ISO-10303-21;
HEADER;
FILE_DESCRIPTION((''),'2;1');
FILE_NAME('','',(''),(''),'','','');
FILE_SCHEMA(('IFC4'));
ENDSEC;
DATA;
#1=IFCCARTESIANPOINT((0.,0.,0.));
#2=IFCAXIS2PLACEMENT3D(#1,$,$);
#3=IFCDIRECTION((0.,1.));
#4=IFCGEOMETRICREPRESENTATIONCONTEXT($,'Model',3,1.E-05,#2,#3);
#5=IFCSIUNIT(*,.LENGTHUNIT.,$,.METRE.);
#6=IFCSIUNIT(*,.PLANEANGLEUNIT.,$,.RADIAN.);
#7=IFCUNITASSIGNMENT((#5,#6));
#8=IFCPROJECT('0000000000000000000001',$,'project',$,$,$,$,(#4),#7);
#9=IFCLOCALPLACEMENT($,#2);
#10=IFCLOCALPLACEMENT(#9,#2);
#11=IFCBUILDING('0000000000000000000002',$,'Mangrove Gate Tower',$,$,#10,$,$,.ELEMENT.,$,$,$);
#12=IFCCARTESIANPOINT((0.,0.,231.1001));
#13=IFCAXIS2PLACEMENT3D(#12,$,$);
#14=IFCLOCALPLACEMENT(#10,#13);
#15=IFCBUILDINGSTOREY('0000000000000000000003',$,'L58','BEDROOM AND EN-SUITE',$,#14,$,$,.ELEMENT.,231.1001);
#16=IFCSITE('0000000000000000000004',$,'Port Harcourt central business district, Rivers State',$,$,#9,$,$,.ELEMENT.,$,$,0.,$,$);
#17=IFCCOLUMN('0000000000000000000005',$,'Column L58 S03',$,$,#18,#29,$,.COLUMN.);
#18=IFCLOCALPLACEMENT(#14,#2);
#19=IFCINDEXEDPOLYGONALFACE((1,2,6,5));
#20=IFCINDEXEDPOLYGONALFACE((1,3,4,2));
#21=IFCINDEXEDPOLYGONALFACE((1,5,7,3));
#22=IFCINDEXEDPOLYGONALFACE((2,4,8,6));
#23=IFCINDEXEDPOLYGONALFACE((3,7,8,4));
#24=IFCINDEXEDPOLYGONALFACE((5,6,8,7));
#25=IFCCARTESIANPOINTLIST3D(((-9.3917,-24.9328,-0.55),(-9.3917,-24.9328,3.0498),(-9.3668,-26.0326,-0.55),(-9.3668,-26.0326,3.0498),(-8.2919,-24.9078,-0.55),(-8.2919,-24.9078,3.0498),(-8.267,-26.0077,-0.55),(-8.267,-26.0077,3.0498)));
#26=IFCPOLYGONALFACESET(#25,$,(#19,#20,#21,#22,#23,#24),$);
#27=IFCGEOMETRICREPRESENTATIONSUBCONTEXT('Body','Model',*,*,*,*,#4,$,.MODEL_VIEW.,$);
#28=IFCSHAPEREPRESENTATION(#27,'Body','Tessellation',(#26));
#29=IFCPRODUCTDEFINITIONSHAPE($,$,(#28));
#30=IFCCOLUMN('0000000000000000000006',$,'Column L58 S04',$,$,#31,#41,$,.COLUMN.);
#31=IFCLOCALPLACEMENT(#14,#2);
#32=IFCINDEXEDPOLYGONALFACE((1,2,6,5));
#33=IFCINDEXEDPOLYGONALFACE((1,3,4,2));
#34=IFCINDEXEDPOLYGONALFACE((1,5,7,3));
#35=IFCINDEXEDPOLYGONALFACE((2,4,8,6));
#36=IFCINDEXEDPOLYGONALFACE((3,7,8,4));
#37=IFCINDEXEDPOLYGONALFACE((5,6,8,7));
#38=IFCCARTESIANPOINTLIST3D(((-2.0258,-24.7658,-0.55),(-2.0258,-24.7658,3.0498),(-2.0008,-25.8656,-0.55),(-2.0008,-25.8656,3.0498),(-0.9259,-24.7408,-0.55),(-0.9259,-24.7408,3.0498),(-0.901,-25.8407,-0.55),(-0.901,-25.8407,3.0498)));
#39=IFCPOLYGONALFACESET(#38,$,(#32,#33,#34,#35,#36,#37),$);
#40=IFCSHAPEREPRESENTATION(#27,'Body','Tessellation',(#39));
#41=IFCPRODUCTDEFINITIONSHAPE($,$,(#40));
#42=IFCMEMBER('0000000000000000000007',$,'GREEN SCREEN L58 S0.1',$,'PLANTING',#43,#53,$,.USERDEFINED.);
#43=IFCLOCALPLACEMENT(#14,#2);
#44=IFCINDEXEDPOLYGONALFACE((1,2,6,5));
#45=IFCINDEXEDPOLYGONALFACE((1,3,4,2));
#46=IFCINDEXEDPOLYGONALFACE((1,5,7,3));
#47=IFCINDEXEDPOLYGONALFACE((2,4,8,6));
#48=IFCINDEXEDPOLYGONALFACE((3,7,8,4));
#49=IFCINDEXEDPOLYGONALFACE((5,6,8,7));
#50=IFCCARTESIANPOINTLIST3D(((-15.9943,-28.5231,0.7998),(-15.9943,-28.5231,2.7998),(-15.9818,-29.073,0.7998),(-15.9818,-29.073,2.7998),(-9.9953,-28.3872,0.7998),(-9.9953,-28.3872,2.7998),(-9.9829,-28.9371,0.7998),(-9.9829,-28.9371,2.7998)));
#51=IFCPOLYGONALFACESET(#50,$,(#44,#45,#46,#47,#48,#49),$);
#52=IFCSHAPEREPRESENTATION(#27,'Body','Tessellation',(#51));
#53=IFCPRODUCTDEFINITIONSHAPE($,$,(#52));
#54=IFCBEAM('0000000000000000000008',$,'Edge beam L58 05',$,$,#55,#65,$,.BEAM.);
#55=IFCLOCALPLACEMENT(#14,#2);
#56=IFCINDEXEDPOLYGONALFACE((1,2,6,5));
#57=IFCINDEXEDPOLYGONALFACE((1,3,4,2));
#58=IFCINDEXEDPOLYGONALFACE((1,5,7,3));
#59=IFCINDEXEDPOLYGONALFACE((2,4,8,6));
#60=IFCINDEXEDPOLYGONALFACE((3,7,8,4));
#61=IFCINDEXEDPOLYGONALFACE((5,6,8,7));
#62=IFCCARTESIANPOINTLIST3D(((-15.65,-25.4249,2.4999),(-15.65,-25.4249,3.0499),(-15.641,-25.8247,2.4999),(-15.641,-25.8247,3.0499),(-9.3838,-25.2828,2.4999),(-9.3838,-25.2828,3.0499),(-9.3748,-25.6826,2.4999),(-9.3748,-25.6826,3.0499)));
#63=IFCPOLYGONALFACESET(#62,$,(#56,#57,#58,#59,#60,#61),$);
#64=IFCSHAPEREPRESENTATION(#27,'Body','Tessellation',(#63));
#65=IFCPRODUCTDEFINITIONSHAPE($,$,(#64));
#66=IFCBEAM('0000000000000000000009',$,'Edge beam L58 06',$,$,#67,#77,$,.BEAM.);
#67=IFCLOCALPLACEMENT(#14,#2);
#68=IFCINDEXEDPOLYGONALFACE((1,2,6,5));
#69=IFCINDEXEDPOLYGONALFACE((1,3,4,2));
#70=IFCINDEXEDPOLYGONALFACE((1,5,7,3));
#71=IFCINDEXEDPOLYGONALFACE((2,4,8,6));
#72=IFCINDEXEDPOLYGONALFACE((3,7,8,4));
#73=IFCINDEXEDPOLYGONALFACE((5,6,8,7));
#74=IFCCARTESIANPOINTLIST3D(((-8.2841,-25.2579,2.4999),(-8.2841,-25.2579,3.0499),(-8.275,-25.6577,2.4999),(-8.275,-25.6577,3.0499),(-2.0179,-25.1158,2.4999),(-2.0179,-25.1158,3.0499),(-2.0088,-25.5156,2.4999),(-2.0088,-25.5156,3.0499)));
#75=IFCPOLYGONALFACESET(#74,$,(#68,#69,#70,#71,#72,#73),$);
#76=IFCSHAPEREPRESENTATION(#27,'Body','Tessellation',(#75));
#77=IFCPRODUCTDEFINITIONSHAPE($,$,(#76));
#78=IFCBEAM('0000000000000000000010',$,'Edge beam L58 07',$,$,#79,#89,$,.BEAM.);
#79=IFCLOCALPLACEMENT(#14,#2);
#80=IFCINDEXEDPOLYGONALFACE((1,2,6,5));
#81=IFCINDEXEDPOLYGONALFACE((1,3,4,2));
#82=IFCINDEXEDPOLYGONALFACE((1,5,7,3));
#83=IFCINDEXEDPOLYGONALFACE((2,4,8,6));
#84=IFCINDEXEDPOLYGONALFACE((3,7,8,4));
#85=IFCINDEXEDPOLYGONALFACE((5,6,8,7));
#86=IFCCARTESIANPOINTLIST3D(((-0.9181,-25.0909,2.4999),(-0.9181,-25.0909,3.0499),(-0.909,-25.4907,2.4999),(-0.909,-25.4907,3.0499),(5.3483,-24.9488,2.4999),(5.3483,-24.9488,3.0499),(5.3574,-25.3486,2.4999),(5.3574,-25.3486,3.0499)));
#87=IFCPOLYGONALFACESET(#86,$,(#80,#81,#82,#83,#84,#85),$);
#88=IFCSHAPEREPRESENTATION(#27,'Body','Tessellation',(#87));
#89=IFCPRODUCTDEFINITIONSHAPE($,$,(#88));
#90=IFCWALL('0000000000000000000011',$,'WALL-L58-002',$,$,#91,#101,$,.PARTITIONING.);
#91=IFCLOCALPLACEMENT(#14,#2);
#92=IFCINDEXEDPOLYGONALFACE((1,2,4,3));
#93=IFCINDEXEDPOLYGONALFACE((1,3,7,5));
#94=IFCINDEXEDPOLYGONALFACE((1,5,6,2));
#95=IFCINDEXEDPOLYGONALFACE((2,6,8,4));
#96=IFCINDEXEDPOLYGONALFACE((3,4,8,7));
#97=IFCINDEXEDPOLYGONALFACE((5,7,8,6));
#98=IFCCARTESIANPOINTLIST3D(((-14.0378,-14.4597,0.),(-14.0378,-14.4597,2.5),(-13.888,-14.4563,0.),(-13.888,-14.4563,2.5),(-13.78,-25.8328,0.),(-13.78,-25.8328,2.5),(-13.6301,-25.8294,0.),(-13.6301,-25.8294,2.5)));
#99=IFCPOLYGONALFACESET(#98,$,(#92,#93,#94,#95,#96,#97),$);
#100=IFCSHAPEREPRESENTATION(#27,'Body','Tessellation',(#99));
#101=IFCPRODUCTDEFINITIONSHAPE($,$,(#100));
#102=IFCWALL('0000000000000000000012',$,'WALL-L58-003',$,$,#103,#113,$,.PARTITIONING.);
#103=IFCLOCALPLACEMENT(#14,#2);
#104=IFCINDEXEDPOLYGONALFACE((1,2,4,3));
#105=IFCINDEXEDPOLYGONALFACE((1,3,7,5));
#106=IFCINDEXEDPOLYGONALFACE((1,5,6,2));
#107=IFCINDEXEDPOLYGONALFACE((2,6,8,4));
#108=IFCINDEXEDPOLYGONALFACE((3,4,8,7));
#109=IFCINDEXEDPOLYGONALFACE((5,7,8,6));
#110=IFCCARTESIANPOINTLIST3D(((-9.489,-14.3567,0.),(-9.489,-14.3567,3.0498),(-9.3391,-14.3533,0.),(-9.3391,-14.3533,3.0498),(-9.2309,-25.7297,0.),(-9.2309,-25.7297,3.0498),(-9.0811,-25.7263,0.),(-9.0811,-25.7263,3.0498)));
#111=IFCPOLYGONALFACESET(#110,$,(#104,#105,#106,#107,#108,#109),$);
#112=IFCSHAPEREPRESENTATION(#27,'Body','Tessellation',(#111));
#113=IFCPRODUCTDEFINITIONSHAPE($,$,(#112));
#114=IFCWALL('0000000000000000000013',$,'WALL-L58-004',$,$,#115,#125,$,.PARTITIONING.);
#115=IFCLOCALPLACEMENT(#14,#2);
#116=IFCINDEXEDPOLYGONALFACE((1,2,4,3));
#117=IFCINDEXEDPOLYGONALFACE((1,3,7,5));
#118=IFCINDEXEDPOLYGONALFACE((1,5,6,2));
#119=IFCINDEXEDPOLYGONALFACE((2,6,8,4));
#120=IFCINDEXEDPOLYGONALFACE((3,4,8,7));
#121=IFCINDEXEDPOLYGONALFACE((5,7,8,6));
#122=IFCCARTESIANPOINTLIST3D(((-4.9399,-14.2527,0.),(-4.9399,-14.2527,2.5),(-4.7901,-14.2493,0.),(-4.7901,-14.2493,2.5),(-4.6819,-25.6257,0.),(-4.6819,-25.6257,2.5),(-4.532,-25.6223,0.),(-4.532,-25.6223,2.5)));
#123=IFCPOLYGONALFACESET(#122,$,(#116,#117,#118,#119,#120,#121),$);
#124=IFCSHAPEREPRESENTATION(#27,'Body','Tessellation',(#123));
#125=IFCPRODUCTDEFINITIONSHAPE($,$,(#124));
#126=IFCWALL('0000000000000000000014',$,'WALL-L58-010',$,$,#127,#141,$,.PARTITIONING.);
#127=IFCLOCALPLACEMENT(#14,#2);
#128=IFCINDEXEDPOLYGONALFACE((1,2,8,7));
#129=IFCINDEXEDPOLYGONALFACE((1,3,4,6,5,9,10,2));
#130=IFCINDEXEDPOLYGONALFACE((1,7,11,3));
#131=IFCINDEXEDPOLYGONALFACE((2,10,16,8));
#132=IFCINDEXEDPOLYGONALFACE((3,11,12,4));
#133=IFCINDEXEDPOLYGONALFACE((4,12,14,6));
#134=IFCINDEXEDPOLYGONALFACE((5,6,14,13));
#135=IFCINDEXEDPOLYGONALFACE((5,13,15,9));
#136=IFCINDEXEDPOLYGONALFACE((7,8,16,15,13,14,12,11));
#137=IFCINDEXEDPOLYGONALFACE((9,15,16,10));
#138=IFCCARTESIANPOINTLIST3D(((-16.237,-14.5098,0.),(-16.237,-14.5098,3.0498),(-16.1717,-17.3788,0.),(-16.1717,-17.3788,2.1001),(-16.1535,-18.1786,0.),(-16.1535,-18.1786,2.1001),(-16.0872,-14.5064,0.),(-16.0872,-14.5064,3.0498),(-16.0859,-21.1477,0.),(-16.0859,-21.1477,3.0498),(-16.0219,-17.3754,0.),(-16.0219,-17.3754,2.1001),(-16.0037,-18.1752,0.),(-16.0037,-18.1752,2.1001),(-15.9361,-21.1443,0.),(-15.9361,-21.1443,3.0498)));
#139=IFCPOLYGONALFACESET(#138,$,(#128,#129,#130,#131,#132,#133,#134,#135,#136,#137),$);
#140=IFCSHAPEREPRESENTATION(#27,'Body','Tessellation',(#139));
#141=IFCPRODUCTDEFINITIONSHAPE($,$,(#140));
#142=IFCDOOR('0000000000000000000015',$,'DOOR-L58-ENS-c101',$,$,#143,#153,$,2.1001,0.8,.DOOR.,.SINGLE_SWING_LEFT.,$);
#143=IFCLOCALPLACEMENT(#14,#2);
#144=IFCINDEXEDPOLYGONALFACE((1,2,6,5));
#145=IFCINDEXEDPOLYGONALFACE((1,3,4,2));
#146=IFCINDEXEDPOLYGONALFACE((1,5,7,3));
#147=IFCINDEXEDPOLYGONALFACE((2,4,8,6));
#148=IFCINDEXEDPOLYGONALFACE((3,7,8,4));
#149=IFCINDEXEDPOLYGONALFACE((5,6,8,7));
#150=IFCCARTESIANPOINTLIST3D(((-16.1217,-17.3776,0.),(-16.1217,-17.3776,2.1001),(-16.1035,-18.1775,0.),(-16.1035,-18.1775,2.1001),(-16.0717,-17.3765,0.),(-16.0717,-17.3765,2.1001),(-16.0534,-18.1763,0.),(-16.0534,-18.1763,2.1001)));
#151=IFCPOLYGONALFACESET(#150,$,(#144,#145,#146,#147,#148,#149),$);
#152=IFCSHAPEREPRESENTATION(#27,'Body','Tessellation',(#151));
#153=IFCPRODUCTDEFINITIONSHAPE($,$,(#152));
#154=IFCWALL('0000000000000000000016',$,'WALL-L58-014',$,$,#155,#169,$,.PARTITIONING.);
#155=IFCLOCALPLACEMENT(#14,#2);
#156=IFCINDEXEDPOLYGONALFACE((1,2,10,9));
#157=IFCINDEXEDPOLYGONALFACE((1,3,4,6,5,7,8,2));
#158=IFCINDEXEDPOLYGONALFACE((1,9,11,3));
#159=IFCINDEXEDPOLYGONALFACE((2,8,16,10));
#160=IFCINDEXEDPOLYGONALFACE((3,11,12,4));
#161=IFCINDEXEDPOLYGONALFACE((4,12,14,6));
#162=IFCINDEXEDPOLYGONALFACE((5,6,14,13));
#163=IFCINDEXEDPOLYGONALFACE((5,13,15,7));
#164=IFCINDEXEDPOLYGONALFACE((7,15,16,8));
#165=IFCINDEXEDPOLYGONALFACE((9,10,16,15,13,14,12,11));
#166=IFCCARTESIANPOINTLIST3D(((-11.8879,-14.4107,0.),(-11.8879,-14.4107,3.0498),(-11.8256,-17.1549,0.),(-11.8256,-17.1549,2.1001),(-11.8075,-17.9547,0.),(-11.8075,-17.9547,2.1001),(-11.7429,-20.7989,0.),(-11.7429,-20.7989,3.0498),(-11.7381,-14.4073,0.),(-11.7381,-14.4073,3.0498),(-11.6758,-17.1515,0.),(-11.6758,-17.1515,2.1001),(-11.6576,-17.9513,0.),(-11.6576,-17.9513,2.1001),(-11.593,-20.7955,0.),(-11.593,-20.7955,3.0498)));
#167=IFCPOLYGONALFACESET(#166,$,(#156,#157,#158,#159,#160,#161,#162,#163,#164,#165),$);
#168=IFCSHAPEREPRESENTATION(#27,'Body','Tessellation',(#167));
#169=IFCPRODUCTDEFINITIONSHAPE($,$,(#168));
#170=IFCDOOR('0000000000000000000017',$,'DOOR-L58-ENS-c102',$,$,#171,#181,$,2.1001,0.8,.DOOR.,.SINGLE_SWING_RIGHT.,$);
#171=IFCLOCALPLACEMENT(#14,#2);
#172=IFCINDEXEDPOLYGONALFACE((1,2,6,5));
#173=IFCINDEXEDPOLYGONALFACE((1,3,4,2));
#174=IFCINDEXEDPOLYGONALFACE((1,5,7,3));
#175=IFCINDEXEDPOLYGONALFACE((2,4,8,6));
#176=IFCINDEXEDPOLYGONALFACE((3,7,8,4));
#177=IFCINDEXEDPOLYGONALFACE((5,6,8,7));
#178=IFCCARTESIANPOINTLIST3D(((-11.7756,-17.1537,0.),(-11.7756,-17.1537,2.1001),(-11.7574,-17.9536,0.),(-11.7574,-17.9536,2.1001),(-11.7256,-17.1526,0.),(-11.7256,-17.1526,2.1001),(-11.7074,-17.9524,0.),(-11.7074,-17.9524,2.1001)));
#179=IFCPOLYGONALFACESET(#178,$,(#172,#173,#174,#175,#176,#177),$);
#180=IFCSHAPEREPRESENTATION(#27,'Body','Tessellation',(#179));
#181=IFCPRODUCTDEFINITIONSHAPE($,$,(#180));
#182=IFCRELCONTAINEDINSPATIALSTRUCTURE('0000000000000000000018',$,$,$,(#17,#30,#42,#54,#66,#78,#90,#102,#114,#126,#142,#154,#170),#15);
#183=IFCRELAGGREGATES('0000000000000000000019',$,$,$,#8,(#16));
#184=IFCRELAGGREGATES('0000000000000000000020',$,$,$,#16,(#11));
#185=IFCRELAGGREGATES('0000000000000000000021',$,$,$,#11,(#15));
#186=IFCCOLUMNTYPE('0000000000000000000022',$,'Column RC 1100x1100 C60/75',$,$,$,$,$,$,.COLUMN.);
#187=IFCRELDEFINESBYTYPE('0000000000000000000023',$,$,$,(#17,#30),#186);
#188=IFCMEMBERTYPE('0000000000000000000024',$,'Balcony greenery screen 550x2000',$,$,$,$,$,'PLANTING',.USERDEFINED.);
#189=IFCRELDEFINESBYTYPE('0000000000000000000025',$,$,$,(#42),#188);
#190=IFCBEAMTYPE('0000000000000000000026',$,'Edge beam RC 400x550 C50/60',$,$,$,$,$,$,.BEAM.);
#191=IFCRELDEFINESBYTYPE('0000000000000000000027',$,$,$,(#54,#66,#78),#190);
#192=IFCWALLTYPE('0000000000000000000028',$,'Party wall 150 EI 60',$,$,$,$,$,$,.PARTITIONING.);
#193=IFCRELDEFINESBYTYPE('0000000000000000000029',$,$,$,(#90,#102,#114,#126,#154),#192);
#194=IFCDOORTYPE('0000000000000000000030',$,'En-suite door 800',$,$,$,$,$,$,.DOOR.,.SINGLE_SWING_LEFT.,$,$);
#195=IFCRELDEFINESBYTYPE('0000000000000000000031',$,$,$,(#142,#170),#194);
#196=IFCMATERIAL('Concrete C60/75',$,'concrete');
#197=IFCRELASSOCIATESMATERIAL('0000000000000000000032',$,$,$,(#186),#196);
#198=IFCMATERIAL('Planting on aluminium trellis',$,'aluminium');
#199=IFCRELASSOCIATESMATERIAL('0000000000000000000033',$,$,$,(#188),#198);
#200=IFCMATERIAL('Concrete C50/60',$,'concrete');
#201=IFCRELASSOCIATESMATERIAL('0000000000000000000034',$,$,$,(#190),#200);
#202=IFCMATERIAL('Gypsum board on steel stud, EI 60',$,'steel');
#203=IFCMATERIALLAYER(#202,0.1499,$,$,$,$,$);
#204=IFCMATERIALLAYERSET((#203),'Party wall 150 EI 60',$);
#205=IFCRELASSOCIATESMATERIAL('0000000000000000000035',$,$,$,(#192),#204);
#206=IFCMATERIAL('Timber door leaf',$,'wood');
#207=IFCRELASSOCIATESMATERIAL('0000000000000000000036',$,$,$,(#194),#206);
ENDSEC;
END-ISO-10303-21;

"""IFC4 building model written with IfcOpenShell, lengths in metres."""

from ifc_helpers import new_model, si_unit, direction, frame, frame_2d, origin, origin_2d, place, context, subcontext, project, spatial, rectangle, extrude, material, layer, layer_set, material_profile, profile_set, type_object, element, fill, save


model = new_model("IFC4")

# Units and contexts
model_context = context("Model", 3, precision=1e-05, world=origin(), true_north=direction((0.0, 1.0)))
body_context = subcontext(model_context, "Body", "Model", "MODEL_VIEW")
ifc_project = project(units=[si_unit("LENGTHUNIT", "METRE"), si_unit("PLANEANGLEUNIT", "RADIAN")], contexts=[model_context])

# Site, building, storey
site_placement = place(None, origin())
site = spatial("IfcSite", under=ifc_project, at=site_placement, Name="Port Harcourt central business district, Rivers State", CompositionType="ELEMENT", RefElevation=0.0)
building_placement = place(site_placement, origin())
building = spatial("IfcBuilding", under=site, at=building_placement, Name="Mangrove Gate Tower", CompositionType="ELEMENT")
storey_placement = place(building_placement, frame((0.0, 0.0, 231.1001)))
storey = spatial("IfcBuildingStorey", under=building, at=storey_placement, Name="L58", Description="BEDROOM AND EN-SUITE", CompositionType="ELEMENT", Elevation=231.1001)

# Columns
ifc_material_1 = material(Name="Concrete C60/75", Category="concrete")
ifc_material_profile_1 = material_profile(ifc_material_1, rectangle(XDim=1.1001, YDim=1.1001, at=origin_2d()))
ifc_profile_set_1 = profile_set([ifc_material_profile_1], Name="Concrete C60/75")
column_type = type_object("IfcColumnType", Name="Column RC 1100x1100 C60/75", PredefinedType="COLUMN", material=ifc_profile_set_1)
for number, where, z_axis, x_axis, name in (
    (1, (-8.8293, -25.4702, -0.55), (0.0, 0.0, 1.0), (0.999743, 0.022666, 0.0), "Column L58 S03"),
    (2, (-1.4634, -25.3032, -0.55), (0.0, 0.0, 1.0), (0.999743, 0.022666, 0.0), "Column L58 S04"),
):
    element("IfcColumn", number, at=place(storey_placement, frame(where, z_axis=z_axis, x_axis=x_axis)), inside=storey, type_object=column_type, Name=name, PredefinedType="COLUMN", context=body_context, shape_type="SweptSolid", body=[
        extrude(rectangle(XDim=1.1001, YDim=1.1001, at=origin_2d()), origin(), (0.0, 0.0, 1.0), 3.5999),
    ])

# Member
ifc_material_2 = material(Name="Planting on aluminium trellis", Category="aluminium")
ifc_material_profile_2 = material_profile(ifc_material_2, rectangle(XDim=0.55, YDim=2.0, at=origin_2d()))
ifc_profile_set_2 = profile_set([ifc_material_profile_2], Name="Planting on aluminium trellis")
member_type = type_object("IfcMemberType", Name="Balcony greenery screen 550x2000", ElementType="PLANTING", PredefinedType="USERDEFINED", material=ifc_profile_set_2)
member_placement = place(storey_placement, frame((-15.988, -28.7981, 1.7998), z_axis=(0.999743, 0.022662, 0.0), x_axis=(-0.022662, 0.999743, 0.0)))
element("IfcMember", 3, at=member_placement, inside=storey, type_object=member_type, Name="GREEN SCREEN L58 S0.1", ObjectType="PLANTING", PredefinedType="USERDEFINED", context=body_context, shape_type="SweptSolid", body=[
    extrude(rectangle(XDim=0.55, YDim=2.0, at=origin_2d()), origin(), (0.0, 0.0, 1.0), 6.0005),
])

# Beams
ifc_material_3 = material(Name="Concrete C50/60", Category="concrete")
ifc_material_profile_3 = material_profile(ifc_material_3, rectangle(XDim=0.3999, YDim=0.55, at=origin_2d()))
ifc_profile_set_3 = profile_set([ifc_material_profile_3], Name="Concrete C50/60")
beam_type = type_object("IfcBeamType", Name="Edge beam RC 400x550 C50/60", PredefinedType="BEAM", material=ifc_profile_set_3)
for number, where, z_axis, x_axis, name in (
    (4, (-15.6455, -25.6248, 2.7749), (0.999743, 0.02267, 0.0), (-0.02267, 0.999743, 0.0), "Edge beam L58 05"),
    (5, (-8.2795, -25.4578, 2.7749), (0.999743, 0.02267, 0.0), (-0.02267, 0.999743, 0.0), "Edge beam L58 06"),
):
    element("IfcBeam", number, at=place(storey_placement, frame(where, z_axis=z_axis, x_axis=x_axis)), inside=storey, type_object=beam_type, Name=name, PredefinedType="BEAM", context=body_context, shape_type="SweptSolid", body=[
        extrude(rectangle(XDim=0.3999, YDim=0.55, at=origin_2d()), origin(), (0.0, 0.0, 1.0), 6.2678),
    ])
beam_placement = place(storey_placement, frame((-0.9136, -25.2908, 2.7749), z_axis=(0.999743, 0.022669, 0.0), x_axis=(-0.022669, 0.999743, 0.0)))
element("IfcBeam", 6, at=beam_placement, inside=storey, type_object=beam_type, Name="Edge beam L58 07", PredefinedType="BEAM", context=body_context, shape_type="SweptSolid", body=[
    extrude(rectangle(XDim=0.3999, YDim=0.55, at=origin_2d()), origin(), (0.0, 0.0, 1.0), 6.2681),
])

# Walls
ifc_material_4 = material(Name="Gypsum board on steel stud, EI 60", Category="steel")
ifc_layer_1 = layer(ifc_material_4, 0.1499)
ifc_layer_set_1 = layer_set([ifc_layer_1], Name="Party wall 150 EI 60")
wall_type_1 = type_object("IfcWallType", Name="Party wall 150 EI 60", PredefinedType="PARTITIONING", material=ifc_layer_set_1)
wall_1_placement = place(storey_placement, frame((-13.7051, -25.8311, 0.0), z_axis=(0.0, 0.0, 1.0), x_axis=(-0.022663, 0.999743, 0.0)))
element("IfcWall", 7, at=wall_1_placement, inside=storey, type_object=wall_type_1, Name="WALL-L58-002", PredefinedType="PARTITIONING", context=body_context, shape_type="SweptSolid", body=[
    extrude(rectangle(XDim=11.376, YDim=0.1499, at=frame_2d((5.688, 0.0))), origin(), (0.0, 0.0, 1.0), 2.5),
])
wall_2_placement = place(storey_placement, frame((-9.156, -25.728, 0.0), z_axis=(0.0, 0.0, 1.0), x_axis=(-0.022684, 0.999743, 0.0)))
element("IfcWall", 8, at=wall_2_placement, inside=storey, type_object=wall_type_1, Name="WALL-L58-003", PredefinedType="PARTITIONING", context=body_context, shape_type="SweptSolid", body=[
    extrude(rectangle(XDim=11.376, YDim=0.1499, at=frame_2d((5.688, 0.0))), origin(), (0.0, 0.0, 1.0), 3.0498),
])
wall_3_placement = place(storey_placement, frame((-4.6069, -25.624, 0.0), z_axis=(0.0, 0.0, 1.0), x_axis=(-0.022684, 0.999743, 0.0)))
element("IfcWall", 9, at=wall_3_placement, inside=storey, type_object=wall_type_1, Name="WALL-L58-004", PredefinedType="PARTITIONING", context=body_context, shape_type="SweptSolid", body=[
    extrude(rectangle(XDim=11.376, YDim=0.1499, at=frame_2d((5.688, 0.0))), origin(), (0.0, 0.0, 1.0), 2.5),
])

# Walls, openings, doors
wall_4_placement = place(storey_placement, frame((-16.011, -21.146, 0.0), z_axis=(0.0, 0.0, 1.0), x_axis=(-0.022761, 0.999741, 0.0)))
wall_4 = element("IfcWall", 10, at=wall_4_placement, inside=storey, type_object=wall_type_1, Name="WALL-L58-010", PredefinedType="PARTITIONING", context=body_context, shape_type="SweptSolid", body=[
    extrude(rectangle(XDim=6.6396, YDim=0.1499, at=frame_2d((3.3198, 0.0))), origin(), (0.0, 0.0, 1.0), 3.0498),
])
opening_1_placement = place(wall_4_placement, frame((2.97, 0.0, 0.0)))
opening_1 = element("IfcOpeningElement", 11, at=opening_1_placement, cuts=wall_4, PredefinedType="OPENING", context=body_context, shape_type="SweptSolid", body=[
    extrude(rectangle(XDim=0.8, YDim=2.1001, at=frame_2d((0.3999, 1.05))), frame((0.0, 0.085, 0.0), z_axis=(0.0, -1.0, 0.0), x_axis=(1.0, 0.0, 0.0)), (0.0, 0.0, 1.0), 0.1699),
])
ifc_material_5 = material(Name="Timber door leaf", Category="wood")
door_type = type_object("IfcDoorType", Name="En-suite door 800", OperationType="SINGLE_SWING_LEFT", PredefinedType="DOOR", material=ifc_material_5)
door_1_placement = place(opening_1_placement, origin())
door_1 = element("IfcDoor", 12, at=door_1_placement, inside=storey, type_object=door_type, Name="DOOR-L58-ENS-c101", OperationType="SINGLE_SWING_LEFT", OverallHeight=2.1001, OverallWidth=0.8, PredefinedType="DOOR", context=body_context, shape_type="SweptSolid", body=[
    extrude(rectangle(XDim=0.8, YDim=2.1001, at=frame_2d((0.3999, 1.05))), frame((0.0, 0.0249, 0.0), z_axis=(0.0, -1.0, 0.0), x_axis=(1.0, 0.0, 0.0)), (0.0, 0.0, 1.0), 0.05),
])
fill(opening_1, door_1)
wall_5_placement = place(storey_placement, frame((-11.668, -20.7971, 0.0), z_axis=(0.0, 0.0, 1.0), x_axis=(-0.022695, 0.999742, 0.0)))
wall_5 = element("IfcWall", 13, at=wall_5_placement, inside=storey, type_object=wall_type_1, Name="WALL-L58-014", PredefinedType="PARTITIONING", context=body_context, shape_type="SweptSolid", body=[
    extrude(rectangle(XDim=6.3899, YDim=0.1499, at=frame_2d((3.1948, 0.0))), origin(), (0.0, 0.0, 1.0), 3.0498),
])
opening_2_placement = place(wall_5_placement, frame((2.845, 0.0, 0.0)))
opening_2 = element("IfcOpeningElement", 14, at=opening_2_placement, cuts=wall_5, PredefinedType="OPENING", context=body_context, shape_type="SweptSolid", body=[
    extrude(rectangle(XDim=0.8, YDim=2.1001, at=frame_2d((0.3999, 1.05))), frame((0.0, 0.085, 0.0), z_axis=(0.0, -1.0, 0.0), x_axis=(1.0, 0.0, 0.0)), (0.0, 0.0, 1.0), 0.1699),
])
door_2_placement = place(opening_2_placement, origin())
door_2 = element("IfcDoor", 15, at=door_2_placement, inside=storey, type_object=door_type, Name="DOOR-L58-ENS-c102", OperationType="SINGLE_SWING_RIGHT", OverallHeight=2.1001, OverallWidth=0.8, PredefinedType="DOOR", context=body_context, shape_type="SweptSolid", body=[
    extrude(rectangle(XDim=0.8, YDim=2.1001, at=frame_2d((0.3999, 1.05))), frame((0.0, 0.0249, 0.0), z_axis=(0.0, -1.0, 0.0), x_axis=(1.0, 0.0, 0.0)), (0.0, 0.0, 1.0), 0.05),
])
fill(opening_2, door_2)

save(model, "model.ifc")
